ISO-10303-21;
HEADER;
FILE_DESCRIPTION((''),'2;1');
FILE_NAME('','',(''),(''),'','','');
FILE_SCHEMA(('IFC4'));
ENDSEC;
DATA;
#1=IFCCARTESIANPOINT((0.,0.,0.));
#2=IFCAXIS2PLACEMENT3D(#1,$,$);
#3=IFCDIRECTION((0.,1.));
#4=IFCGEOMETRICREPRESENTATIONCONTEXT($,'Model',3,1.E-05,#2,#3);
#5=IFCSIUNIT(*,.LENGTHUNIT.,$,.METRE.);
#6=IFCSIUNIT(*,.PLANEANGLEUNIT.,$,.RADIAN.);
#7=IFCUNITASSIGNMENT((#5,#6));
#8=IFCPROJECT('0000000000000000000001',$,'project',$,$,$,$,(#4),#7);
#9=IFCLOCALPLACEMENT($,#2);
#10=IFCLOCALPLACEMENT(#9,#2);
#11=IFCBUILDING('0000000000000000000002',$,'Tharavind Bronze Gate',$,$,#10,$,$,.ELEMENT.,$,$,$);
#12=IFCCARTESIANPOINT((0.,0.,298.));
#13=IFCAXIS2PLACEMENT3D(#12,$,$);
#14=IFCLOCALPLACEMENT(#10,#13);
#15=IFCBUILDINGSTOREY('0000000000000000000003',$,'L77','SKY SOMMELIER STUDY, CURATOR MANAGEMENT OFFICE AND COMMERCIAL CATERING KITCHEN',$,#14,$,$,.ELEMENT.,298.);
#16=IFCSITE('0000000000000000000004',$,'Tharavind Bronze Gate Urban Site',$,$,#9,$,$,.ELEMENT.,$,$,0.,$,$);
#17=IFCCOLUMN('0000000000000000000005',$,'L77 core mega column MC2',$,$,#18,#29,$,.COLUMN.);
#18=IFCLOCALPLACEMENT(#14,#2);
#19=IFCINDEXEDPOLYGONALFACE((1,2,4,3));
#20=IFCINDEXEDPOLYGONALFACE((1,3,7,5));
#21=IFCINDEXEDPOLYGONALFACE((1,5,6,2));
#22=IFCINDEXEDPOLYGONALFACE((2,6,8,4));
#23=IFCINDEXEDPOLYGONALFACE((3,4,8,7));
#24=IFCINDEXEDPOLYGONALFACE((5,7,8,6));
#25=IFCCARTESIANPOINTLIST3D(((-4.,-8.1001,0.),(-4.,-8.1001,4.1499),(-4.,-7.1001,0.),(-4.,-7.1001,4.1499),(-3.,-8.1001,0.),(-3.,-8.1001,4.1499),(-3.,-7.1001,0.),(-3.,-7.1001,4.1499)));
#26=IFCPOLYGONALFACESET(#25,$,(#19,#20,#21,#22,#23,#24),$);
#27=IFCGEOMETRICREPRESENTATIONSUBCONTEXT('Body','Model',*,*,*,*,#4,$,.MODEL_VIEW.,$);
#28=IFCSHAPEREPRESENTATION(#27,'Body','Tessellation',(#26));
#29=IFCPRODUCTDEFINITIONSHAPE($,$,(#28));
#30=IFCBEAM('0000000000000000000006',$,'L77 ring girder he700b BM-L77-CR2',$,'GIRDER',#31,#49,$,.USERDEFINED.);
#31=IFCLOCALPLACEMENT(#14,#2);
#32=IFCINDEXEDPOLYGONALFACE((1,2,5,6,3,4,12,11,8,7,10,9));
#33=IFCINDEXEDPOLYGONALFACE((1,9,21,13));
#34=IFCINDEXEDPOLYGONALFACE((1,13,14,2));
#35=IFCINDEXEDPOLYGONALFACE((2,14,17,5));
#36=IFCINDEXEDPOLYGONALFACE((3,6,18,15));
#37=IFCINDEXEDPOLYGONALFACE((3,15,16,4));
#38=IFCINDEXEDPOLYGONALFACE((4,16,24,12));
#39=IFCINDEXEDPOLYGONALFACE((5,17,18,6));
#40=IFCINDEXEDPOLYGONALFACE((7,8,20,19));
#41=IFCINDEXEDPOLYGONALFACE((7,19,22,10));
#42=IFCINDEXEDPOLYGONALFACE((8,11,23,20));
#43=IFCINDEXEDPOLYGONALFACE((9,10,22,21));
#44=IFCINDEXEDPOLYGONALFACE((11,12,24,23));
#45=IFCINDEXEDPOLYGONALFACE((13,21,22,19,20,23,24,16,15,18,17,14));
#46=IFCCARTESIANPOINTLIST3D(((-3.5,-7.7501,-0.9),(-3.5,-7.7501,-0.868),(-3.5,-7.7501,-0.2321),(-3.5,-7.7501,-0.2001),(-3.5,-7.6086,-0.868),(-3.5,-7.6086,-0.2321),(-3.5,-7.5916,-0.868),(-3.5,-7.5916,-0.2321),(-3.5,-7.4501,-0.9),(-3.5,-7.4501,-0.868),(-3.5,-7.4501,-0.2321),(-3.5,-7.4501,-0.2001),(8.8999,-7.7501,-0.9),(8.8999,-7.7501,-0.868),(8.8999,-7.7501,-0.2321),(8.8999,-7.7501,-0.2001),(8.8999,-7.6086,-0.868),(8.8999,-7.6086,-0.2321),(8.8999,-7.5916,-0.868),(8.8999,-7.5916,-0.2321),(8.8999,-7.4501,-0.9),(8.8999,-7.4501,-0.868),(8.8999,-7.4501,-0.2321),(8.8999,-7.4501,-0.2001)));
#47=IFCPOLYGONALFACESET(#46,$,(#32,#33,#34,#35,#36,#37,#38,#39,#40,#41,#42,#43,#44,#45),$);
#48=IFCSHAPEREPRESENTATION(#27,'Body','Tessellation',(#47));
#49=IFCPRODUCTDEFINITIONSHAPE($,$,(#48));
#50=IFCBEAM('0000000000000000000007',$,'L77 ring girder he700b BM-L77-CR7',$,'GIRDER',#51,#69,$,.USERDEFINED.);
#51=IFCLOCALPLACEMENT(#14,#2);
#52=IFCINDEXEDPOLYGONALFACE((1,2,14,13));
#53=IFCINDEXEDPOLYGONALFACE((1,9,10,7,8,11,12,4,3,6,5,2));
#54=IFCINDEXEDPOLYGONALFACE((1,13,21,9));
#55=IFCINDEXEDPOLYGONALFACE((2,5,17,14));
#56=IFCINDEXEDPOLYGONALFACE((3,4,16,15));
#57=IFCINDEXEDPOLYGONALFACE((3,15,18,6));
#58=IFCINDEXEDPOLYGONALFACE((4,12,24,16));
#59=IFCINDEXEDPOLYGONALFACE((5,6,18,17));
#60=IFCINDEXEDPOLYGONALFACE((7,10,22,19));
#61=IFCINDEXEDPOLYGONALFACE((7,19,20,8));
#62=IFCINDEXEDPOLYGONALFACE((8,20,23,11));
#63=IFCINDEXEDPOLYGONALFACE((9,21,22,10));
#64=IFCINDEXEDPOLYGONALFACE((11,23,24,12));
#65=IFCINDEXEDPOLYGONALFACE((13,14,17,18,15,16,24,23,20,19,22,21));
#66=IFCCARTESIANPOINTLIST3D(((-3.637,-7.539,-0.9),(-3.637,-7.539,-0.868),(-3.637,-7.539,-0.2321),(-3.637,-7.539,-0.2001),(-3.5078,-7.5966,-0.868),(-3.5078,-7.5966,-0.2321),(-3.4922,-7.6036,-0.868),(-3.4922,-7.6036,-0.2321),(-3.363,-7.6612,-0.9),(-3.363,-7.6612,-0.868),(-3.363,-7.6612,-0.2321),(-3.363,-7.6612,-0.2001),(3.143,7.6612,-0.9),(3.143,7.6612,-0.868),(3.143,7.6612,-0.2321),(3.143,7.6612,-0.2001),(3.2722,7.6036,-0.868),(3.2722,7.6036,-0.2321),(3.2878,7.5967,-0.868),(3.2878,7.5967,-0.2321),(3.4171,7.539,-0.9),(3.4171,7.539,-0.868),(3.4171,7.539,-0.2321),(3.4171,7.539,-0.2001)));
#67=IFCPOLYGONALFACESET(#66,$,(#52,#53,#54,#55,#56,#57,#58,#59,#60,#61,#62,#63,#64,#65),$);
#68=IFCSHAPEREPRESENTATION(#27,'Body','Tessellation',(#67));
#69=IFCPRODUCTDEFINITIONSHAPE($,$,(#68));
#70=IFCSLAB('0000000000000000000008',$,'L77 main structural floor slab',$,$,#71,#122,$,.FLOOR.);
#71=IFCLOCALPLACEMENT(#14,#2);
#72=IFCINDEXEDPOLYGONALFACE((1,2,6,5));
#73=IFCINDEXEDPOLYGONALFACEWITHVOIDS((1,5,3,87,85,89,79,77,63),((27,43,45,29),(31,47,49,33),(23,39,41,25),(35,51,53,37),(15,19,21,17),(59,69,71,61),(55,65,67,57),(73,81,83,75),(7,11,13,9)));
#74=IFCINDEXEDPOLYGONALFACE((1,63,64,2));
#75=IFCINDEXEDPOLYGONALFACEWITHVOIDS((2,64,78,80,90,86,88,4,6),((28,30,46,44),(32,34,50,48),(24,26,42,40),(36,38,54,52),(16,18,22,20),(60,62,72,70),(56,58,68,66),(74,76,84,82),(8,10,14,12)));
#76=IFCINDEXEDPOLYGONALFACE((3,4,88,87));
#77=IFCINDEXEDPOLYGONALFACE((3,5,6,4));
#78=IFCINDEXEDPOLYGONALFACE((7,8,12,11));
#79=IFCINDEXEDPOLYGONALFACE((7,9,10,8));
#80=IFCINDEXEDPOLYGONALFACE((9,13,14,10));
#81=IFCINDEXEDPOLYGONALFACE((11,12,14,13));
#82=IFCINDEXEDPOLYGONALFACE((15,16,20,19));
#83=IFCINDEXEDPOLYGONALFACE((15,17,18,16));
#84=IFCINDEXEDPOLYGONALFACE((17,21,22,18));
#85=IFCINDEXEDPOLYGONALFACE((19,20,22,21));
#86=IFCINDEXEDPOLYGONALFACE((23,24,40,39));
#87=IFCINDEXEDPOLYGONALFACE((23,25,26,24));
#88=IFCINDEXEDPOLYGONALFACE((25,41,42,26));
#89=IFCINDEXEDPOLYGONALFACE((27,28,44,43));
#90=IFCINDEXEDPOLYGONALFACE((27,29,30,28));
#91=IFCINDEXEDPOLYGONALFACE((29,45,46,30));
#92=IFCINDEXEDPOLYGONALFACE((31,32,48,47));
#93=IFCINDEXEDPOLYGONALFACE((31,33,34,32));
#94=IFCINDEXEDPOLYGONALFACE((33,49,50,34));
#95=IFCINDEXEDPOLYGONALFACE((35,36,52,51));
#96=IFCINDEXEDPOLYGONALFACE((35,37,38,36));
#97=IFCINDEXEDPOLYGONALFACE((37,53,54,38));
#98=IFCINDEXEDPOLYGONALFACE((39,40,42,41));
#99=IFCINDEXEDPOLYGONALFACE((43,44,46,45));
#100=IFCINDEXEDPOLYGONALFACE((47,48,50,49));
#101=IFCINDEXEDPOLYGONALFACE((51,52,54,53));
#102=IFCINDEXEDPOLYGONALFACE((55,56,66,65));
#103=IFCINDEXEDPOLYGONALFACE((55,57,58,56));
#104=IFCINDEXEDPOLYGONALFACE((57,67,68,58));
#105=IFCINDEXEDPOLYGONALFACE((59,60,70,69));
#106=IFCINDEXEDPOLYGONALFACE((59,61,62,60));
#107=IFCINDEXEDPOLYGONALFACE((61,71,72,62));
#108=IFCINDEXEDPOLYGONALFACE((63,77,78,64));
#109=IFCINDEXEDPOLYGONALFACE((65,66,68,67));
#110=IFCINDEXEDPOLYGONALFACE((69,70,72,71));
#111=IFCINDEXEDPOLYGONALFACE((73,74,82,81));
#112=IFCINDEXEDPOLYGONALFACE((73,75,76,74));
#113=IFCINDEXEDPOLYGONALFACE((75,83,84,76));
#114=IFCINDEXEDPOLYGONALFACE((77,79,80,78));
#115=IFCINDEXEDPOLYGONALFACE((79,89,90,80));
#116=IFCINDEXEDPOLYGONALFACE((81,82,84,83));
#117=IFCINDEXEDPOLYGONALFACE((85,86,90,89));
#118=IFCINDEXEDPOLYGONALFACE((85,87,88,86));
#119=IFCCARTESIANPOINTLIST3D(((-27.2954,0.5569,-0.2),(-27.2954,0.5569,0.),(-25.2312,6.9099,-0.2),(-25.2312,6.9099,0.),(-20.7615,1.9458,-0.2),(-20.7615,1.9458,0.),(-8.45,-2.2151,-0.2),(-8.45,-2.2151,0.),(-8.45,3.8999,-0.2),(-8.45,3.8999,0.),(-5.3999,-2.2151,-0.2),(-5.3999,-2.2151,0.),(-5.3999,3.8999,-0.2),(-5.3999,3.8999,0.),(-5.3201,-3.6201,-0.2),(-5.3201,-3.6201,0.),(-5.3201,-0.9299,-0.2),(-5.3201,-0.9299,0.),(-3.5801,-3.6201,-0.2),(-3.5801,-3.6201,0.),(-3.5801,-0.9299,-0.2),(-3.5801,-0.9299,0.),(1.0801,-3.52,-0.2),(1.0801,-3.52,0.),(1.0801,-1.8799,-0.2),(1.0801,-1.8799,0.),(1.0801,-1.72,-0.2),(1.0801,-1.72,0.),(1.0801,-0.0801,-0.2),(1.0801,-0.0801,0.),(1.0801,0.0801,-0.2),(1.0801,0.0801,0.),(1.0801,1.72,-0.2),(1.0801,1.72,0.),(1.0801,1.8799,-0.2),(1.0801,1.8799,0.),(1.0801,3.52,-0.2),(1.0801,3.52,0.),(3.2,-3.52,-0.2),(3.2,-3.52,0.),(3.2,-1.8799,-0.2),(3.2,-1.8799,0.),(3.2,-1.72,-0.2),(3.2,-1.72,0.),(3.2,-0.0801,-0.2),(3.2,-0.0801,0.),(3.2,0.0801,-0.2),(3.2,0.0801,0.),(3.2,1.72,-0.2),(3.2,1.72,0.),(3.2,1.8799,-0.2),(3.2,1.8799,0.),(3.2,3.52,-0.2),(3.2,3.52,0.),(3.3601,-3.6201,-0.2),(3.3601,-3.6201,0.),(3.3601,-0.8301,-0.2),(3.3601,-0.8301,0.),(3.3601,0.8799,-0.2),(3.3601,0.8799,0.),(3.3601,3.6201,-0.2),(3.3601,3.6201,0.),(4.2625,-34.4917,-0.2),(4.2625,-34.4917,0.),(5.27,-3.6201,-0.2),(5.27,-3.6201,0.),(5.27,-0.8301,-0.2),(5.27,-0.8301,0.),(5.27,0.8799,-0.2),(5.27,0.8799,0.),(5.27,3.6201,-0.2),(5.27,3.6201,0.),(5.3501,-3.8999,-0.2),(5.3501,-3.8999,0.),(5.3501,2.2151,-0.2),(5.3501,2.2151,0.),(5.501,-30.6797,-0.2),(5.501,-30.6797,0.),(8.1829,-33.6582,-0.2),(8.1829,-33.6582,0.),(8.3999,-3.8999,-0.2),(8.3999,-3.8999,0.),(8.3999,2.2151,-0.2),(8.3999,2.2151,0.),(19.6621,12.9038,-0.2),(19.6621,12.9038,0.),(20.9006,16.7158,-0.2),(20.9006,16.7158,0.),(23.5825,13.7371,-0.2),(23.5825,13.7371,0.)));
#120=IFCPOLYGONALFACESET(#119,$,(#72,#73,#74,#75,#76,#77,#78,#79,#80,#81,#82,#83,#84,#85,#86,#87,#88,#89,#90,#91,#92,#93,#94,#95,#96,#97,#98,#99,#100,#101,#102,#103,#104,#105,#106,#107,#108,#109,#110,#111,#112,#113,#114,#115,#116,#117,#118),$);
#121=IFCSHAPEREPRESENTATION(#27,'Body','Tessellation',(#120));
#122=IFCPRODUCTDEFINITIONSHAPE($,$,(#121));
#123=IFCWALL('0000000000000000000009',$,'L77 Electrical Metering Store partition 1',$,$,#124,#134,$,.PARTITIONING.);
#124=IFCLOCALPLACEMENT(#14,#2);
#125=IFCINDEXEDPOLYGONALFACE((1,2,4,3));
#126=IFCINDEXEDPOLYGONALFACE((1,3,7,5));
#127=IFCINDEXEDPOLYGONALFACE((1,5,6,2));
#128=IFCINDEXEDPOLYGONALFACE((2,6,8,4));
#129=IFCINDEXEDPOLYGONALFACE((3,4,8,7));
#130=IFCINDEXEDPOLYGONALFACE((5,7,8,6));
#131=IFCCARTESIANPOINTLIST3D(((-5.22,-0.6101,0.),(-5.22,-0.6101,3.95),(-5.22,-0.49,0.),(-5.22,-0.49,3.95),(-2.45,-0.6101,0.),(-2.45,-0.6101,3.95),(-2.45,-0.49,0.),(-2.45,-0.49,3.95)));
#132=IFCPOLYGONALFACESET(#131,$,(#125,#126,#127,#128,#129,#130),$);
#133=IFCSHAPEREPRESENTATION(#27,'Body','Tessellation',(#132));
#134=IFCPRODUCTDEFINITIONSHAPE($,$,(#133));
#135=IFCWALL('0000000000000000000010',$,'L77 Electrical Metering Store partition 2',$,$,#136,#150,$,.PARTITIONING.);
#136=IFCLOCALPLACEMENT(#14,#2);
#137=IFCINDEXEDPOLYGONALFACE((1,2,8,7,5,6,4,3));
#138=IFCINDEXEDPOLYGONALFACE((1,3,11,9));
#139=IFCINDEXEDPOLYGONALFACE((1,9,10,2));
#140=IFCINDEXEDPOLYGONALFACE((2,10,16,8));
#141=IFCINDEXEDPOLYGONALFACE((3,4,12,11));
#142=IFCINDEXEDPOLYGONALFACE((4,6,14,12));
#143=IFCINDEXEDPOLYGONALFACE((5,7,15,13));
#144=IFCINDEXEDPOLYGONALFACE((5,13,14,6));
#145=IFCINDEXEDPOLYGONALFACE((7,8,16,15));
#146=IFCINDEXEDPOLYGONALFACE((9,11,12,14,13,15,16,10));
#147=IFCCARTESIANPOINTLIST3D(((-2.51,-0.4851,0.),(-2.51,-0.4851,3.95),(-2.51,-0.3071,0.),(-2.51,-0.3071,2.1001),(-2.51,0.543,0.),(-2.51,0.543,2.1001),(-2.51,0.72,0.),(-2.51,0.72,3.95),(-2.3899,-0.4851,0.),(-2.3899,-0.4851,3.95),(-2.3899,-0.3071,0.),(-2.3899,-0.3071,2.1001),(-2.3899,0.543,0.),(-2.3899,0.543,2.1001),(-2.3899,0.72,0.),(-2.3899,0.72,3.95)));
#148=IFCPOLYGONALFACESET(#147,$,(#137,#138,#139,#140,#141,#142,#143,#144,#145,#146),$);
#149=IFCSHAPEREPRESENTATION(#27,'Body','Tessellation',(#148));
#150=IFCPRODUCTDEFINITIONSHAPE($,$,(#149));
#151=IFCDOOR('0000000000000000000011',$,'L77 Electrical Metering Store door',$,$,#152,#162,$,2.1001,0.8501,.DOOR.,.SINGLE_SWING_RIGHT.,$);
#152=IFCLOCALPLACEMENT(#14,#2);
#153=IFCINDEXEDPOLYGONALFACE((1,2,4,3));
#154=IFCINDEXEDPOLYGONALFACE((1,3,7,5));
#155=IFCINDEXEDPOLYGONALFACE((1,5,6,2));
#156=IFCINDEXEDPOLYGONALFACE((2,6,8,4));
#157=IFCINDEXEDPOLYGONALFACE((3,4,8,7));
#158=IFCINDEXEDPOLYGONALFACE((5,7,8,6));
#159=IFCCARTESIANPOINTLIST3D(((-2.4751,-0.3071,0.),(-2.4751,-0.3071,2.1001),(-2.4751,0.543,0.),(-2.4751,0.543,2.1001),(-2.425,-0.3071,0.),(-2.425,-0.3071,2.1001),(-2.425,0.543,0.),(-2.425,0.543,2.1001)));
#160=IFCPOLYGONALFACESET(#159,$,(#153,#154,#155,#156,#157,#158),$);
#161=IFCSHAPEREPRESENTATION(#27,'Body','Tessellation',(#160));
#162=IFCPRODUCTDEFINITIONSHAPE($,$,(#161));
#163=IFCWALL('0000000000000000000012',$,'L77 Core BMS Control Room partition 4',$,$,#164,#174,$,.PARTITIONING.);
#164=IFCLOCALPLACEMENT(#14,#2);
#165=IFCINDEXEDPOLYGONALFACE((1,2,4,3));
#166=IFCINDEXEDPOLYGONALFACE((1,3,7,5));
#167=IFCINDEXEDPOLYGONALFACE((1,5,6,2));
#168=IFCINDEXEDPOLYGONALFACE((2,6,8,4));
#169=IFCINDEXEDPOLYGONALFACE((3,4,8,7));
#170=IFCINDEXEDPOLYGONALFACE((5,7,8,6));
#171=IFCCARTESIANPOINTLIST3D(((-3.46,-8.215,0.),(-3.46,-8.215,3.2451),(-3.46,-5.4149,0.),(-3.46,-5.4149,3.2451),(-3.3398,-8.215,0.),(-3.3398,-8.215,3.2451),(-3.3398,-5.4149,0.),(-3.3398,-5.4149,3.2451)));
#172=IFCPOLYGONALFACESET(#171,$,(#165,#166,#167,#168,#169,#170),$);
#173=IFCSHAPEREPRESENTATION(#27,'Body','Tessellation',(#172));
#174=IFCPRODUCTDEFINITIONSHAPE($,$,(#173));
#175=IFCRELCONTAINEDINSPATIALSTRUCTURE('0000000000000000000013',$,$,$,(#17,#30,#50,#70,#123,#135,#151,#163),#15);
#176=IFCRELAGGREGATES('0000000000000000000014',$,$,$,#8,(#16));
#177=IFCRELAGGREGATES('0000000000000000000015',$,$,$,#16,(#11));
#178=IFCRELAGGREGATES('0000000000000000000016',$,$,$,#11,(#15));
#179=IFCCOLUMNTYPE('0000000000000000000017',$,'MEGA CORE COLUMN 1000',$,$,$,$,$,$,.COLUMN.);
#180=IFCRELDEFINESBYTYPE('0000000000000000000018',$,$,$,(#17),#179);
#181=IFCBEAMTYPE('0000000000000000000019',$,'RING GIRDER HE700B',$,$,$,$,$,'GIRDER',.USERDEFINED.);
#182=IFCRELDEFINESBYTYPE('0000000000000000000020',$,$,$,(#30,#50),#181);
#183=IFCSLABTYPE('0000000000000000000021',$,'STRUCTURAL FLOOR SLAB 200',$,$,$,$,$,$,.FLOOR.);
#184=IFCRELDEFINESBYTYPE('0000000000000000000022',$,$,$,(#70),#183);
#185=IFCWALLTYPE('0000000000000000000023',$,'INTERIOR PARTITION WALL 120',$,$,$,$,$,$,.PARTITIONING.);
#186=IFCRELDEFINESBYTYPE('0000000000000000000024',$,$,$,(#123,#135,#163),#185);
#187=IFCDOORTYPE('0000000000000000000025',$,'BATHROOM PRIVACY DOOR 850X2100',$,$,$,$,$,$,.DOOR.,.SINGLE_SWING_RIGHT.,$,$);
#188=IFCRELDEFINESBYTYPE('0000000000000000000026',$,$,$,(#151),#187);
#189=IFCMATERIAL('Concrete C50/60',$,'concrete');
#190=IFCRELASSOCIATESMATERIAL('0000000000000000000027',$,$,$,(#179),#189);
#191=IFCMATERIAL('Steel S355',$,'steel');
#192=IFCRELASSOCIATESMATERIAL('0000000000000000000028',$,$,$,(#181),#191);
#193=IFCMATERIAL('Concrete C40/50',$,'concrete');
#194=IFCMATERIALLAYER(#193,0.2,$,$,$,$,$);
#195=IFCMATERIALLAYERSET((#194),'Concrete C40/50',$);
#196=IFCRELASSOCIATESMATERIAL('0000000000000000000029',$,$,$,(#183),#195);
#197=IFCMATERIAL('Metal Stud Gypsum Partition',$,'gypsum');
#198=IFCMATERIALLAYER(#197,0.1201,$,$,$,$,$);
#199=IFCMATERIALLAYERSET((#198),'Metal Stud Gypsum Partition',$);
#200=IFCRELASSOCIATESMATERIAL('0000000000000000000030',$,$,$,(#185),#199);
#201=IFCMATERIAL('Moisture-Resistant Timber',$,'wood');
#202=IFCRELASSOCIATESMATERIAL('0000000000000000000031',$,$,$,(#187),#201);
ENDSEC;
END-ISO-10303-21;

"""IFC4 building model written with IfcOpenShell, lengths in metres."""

from ifc_helpers import new_model, si_unit, direction, frame, frame_2d, origin, origin_2d, place, context, subcontext, project, spatial, polyline, rectangle, i_section, outline, extrude, material, layer, layer_set, material_profile, profile_set, type_object, element, fill, save


model = new_model("IFC4")

# Units and contexts
model_context = context("Model", 3, precision=1e-05, world=origin(), true_north=direction((0.0, 1.0)))
body_context = subcontext(model_context, "Body", "Model", "MODEL_VIEW")
ifc_project = project(units=[si_unit("LENGTHUNIT", "METRE"), si_unit("PLANEANGLEUNIT", "RADIAN")], contexts=[model_context])

# Site, building, storey
site_placement = place(None, origin())
site = spatial("IfcSite", under=ifc_project, at=site_placement, Name="Tharavind Bronze Gate Urban Site", CompositionType="ELEMENT", RefElevation=0.0)
building_placement = place(site_placement, origin())
building = spatial("IfcBuilding", under=site, at=building_placement, Name="Tharavind Bronze Gate", CompositionType="ELEMENT")
storey_placement = place(building_placement, frame((0.0, 0.0, 298.0)))
storey = spatial("IfcBuildingStorey", under=building, at=storey_placement, Name="L77", Description="SKY SOMMELIER STUDY, CURATOR MANAGEMENT OFFICE AND COMMERCIAL CATERING KITCHEN", CompositionType="ELEMENT", Elevation=298.0)

# Column
ifc_material_1 = material(Name="Concrete C50/60", Category="concrete")
ifc_material_profile_1 = material_profile(ifc_material_1, rectangle(XDim=1.0, YDim=1.0, at=origin_2d()), Name="RCCOL1000")
ifc_profile_set_1 = profile_set([ifc_material_profile_1], Name="Concrete C50/60")
column_type = type_object("IfcColumnType", Name="MEGA CORE COLUMN 1000", PredefinedType="COLUMN", material=ifc_profile_set_1)
column_placement = place(storey_placement, frame((-3.5, -7.6001, 0.0), z_axis=(0.0, 0.0, 1.0), x_axis=(1.0, 0.0, 0.0)))
element("IfcColumn", 1, at=column_placement, inside=storey, type_object=column_type, Name="L77 core mega column MC2", PredefinedType="COLUMN", context=body_context, shape_type="SweptSolid", body=[
    extrude(rectangle(XDim=1.0, YDim=1.0, at=origin_2d()), origin(), (0.0, 0.0, 1.0), 4.1499),
])

# Beams
ifc_material_2 = material(Name="Steel S355", Category="steel")
ifc_material_profile_2 = material_profile(ifc_material_2, i_section(OverallWidth=0.3, OverallDepth=0.7, WebThickness=0.0171, FlangeThickness=0.032, at=origin_2d()), Name="HE700B")
ifc_profile_set_2 = profile_set([ifc_material_profile_2], Name="Steel S355")
beam_type = type_object("IfcBeamType", Name="RING GIRDER HE700B", ElementType="GIRDER", PredefinedType="USERDEFINED", material=ifc_profile_set_2)
beam_1_placement = place(storey_placement, frame((-3.5, -7.6001, -0.55), z_axis=(1.0, 0.0, 0.0), x_axis=(0.0, 1.0, 0.0)))
element("IfcBeam", 2, at=beam_1_placement, inside=storey, type_object=beam_type, Name="L77 ring girder he700b BM-L77-CR2", ObjectType="GIRDER", PredefinedType="USERDEFINED", context=body_context, shape_type="SweptSolid", body=[
    extrude(i_section(OverallWidth=0.3, OverallDepth=0.7, WebThickness=0.0171, FlangeThickness=0.032, at=origin_2d()), origin(), (0.0, 0.0, 1.0), 12.3999),
])
beam_2_placement = place(storey_placement, frame((-3.5, -7.6001, -0.55), z_axis=(0.407362, 0.913267, 0.0), x_axis=(-0.913267, 0.407362, 0.0)))
element("IfcBeam", 3, at=beam_2_placement, inside=storey, type_object=beam_type, Name="L77 ring girder he700b BM-L77-CR7", ObjectType="GIRDER", PredefinedType="USERDEFINED", context=body_context, shape_type="SweptSolid", body=[
    extrude(i_section(OverallWidth=0.3, OverallDepth=0.7, WebThickness=0.0171, FlangeThickness=0.032, at=origin_2d()), origin(), (0.0, 0.0, 1.0), 16.6438),
])

# Slab
ifc_material_3 = material(Name="Concrete C40/50", Category="concrete")
ifc_layer_1 = layer(ifc_material_3, 0.2)
ifc_layer_set_1 = layer_set([ifc_layer_1], Name="Concrete C40/50")
slab_type = type_object("IfcSlabType", Name="STRUCTURAL FLOOR SLAB 200", PredefinedType="FLOOR", material=ifc_layer_set_1)
slab_placement = place(storey_placement, frame((0.0, 0.0, -0.2)))
element("IfcSlab", 4, at=slab_placement, inside=storey, type_object=slab_type, Name="L77 main structural floor slab", PredefinedType="FLOOR", context=body_context, shape_type="SweptSolid", body=[
    extrude(outline(polyline([(-25.2312, 6.9099), (-20.7615, 1.9458), (-27.2954, 0.5569), (4.2625, -34.4917), (5.501, -30.6797), (8.1829, -33.6582), (23.5825, 13.7371), (19.6621, 12.9038), (20.9006, 16.7158), (-25.2312, 6.9099)]), holes=[polyline([(-5.3999, -2.2151), (-5.3999, 3.8999), (-8.45, 3.8999), (-8.45, -2.2151), (-5.3999, -2.2151)]), polyline([(5.3501, 2.2151), (5.3501, -3.8999), (8.3999, -3.8999), (8.3999, 2.2151), (5.3501, 2.2151)]), polyline([(1.0801, -3.52), (3.2, -3.52), (3.2, -1.8799), (1.0801, -1.8799), (1.0801, -3.52)]), polyline([(1.0801, -1.72), (3.2, -1.72), (3.2, -0.0801), (1.0801, -0.0801), (1.0801, -1.72)]), polyline([(1.0801, 0.0801), (3.2, 0.0801), (3.2, 1.72), (1.0801, 1.72), (1.0801, 0.0801)]), polyline([(1.0801, 1.8799), (3.2, 1.8799), (3.2, 3.52), (1.0801, 3.52), (1.0801, 1.8799)]), polyline([(-5.3201, -3.6201), (-3.5801, -3.6201), (-3.5801, -0.9299), (-5.3201, -0.9299), (-5.3201, -3.6201)]), polyline([(3.3601, 0.8799), (5.27, 0.8799), (5.27, 3.6201), (3.3601, 3.6201), (3.3601, 0.8799)]), polyline([(3.3601, -3.6201), (5.27, -3.6201), (5.27, -0.8301), (3.3601, -0.8301), (3.3601, -3.6201)])]), origin(), (0.0, 0.0, 1.0), 0.2),
])

# Wall
ifc_material_4 = material(Name="Metal Stud Gypsum Partition", Category="gypsum")
ifc_layer_2 = layer(ifc_material_4, 0.1201)
ifc_layer_set_2 = layer_set([ifc_layer_2], Name="Metal Stud Gypsum Partition")
wall_type_1 = type_object("IfcWallType", Name="INTERIOR PARTITION WALL 120", PredefinedType="PARTITIONING", material=ifc_layer_set_2)
wall_1_placement = place(storey_placement, frame((-5.22, -0.55, 0.0), z_axis=(0.0, 0.0, 1.0), x_axis=(1.0, 0.0, 0.0)))
element("IfcWall", 5, at=wall_1_placement, inside=storey, type_object=wall_type_1, Name="L77 Electrical Metering Store partition 1", PredefinedType="PARTITIONING", context=body_context, shape_type="SweptSolid", body=[
    extrude(rectangle(XDim=2.77, YDim=0.1201, at=frame_2d((1.385, 0.0))), origin(), (0.0, 0.0, 1.0), 3.95),
])

# Wall, opening, door
wall_2_placement = place(storey_placement, frame((-2.45, -0.4851, 0.0), z_axis=(0.0, 0.0, 1.0), x_axis=(0.0, 1.0, 0.0)))
wall_2 = element("IfcWall", 6, at=wall_2_placement, inside=storey, type_object=wall_type_1, Name="L77 Electrical Metering Store partition 2", PredefinedType="PARTITIONING", context=body_context, shape_type="SweptSolid", body=[
    extrude(rectangle(XDim=1.2051, YDim=0.1201, at=frame_2d((0.6025, 0.0))), origin(), (0.0, 0.0, 1.0), 3.95),
])
opening_1_placement = place(wall_2_placement, frame((0.178, 0.0, 0.0)))
opening_1 = element("IfcOpeningElement", 7, at=opening_1_placement, cuts=wall_2, PredefinedType="OPENING", context=body_context, shape_type="SweptSolid", body=[
    extrude(rectangle(XDim=0.8501, YDim=2.1001, at=frame_2d((0.425, 1.05))), frame((0.0, 0.0701, 0.0), z_axis=(0.0, -1.0, 0.0), x_axis=(1.0, 0.0, 0.0)), (0.0, 0.0, 1.0), 0.1401),
])
ifc_material_5 = material(Name="Moisture-Resistant Timber", Category="wood")
door_type_1 = type_object("IfcDoorType", Name="BATHROOM PRIVACY DOOR 850X2100", OperationType="SINGLE_SWING_RIGHT", PredefinedType="DOOR", material=ifc_material_5)
door_1_placement = place(opening_1_placement, frame((0.8501, 0.0, 0.0), z_axis=(0.0, 0.0, 1.0), x_axis=(-1.0, 0.0, 0.0)))
door_1 = element("IfcDoor", 8, at=door_1_placement, inside=storey, type_object=door_type_1, Name="L77 Electrical Metering Store door", OperationType="SINGLE_SWING_RIGHT", OverallHeight=2.1001, OverallWidth=0.8501, PredefinedType="DOOR", context=body_context, shape_type="SweptSolid", body=[
    extrude(rectangle(XDim=0.8501, YDim=2.1001, at=frame_2d((0.425, 1.05))), frame((0.0, 0.0249, 0.0), z_axis=(0.0, -1.0, 0.0), x_axis=(1.0, 0.0, 0.0)), (0.0, 0.0, 1.0), 0.05),
])
fill(opening_1, door_1)

# Wall
wall_3_placement = place(storey_placement, frame((-3.3999, -5.415, 0.0), z_axis=(0.0, 0.0, 1.0), x_axis=(0.0, -1.0, 0.0)))
element("IfcWall", 9, at=wall_3_placement, inside=storey, type_object=wall_type_1, Name="L77 Core BMS Control Room partition 4", PredefinedType="PARTITIONING", context=body_context, shape_type="SweptSolid", body=[
    extrude(rectangle(XDim=2.8, YDim=0.1201, at=frame_2d((1.3999, 0.0))), origin(), (0.0, 0.0, 1.0), 3.2451),
])

save(model, "model.ifc")
